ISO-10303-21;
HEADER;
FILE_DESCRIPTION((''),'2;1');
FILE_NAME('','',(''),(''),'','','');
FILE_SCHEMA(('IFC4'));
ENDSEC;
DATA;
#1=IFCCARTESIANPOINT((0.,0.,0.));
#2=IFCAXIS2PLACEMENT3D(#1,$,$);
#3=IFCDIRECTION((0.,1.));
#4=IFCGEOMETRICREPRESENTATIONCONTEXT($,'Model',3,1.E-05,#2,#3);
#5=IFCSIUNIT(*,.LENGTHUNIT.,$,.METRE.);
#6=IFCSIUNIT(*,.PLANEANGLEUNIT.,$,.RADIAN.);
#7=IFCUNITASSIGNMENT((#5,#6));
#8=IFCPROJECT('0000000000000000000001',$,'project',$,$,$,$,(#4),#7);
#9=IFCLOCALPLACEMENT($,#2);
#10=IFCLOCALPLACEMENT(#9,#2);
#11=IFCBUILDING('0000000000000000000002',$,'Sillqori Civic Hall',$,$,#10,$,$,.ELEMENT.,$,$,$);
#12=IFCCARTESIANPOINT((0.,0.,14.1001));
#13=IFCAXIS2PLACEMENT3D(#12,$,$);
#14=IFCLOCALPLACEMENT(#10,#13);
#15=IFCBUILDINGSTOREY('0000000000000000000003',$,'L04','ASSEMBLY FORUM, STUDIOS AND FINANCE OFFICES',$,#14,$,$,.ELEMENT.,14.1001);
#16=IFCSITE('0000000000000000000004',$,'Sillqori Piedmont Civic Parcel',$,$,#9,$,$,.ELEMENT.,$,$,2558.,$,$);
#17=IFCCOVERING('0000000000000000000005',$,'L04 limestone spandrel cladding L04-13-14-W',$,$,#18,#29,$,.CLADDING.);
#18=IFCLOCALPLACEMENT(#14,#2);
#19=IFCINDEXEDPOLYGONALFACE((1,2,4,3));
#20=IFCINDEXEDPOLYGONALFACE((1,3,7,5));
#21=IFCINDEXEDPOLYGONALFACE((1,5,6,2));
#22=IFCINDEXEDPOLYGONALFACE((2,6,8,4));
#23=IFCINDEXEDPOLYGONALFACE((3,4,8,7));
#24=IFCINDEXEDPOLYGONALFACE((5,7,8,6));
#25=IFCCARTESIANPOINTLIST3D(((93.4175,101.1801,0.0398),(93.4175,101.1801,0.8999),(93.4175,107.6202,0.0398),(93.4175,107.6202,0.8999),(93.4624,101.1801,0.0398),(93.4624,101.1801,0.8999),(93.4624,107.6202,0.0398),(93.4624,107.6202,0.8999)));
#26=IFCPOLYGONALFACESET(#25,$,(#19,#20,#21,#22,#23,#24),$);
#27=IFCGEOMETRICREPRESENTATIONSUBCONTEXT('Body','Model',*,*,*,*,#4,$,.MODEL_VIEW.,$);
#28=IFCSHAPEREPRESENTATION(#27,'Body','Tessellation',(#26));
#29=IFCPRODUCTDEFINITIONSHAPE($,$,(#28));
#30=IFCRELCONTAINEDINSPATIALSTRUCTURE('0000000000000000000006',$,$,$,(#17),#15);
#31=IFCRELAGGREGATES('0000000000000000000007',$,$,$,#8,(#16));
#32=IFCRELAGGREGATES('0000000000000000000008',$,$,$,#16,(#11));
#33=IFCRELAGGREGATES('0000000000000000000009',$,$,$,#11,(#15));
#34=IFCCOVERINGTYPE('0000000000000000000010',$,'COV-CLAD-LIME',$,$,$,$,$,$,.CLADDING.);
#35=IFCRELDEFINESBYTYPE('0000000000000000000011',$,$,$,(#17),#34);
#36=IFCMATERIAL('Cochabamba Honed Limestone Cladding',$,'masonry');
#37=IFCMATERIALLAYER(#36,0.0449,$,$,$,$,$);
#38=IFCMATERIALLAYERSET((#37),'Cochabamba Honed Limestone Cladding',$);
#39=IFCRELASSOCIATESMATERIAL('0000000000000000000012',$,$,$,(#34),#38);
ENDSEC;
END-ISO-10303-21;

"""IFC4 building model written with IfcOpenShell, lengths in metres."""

from ifc_helpers import new_model, si_unit, direction, frame, frame_2d, origin, place, context, subcontext, project, spatial, rectangle, extrude, material, layer, layer_set, type_object, element, save


model = new_model("IFC4")

# Units and contexts
model_context = context("Model", 3, precision=1e-05, world=origin(), true_north=direction((0.0, 1.0)))
body_context = subcontext(model_context, "Body", "Model", "MODEL_VIEW")
ifc_project = project(units=[si_unit("LENGTHUNIT", "METRE"), si_unit("PLANEANGLEUNIT", "RADIAN")], contexts=[model_context])

# Site, building, storey
site_placement = place(None, origin())
site = spatial("IfcSite", under=ifc_project, at=site_placement, Name="Sillqori Piedmont Civic Parcel", CompositionType="ELEMENT", RefElevation=2558.0)
building_placement = place(site_placement, origin())
building = spatial("IfcBuilding", under=site, at=building_placement, Name="Sillqori Civic Hall", CompositionType="ELEMENT")
storey_placement = place(building_placement, frame((0.0, 0.0, 14.1001)))
storey = spatial("IfcBuildingStorey", under=building, at=storey_placement, Name="L04", Description="ASSEMBLY FORUM, STUDIOS AND FINANCE OFFICES", CompositionType="ELEMENT", Elevation=14.1001)

# Covering
ifc_material_1 = material(Name="Cochabamba Honed Limestone Cladding", Category="masonry")
ifc_layer_1 = layer(ifc_material_1, 0.0449)
ifc_layer_set_1 = layer_set([ifc_layer_1], Name="Cochabamba Honed Limestone Cladding")
covering_type = type_object("IfcCoveringType", Name="COV-CLAD-LIME", PredefinedType="CLADDING", material=ifc_layer_set_1)
covering_1_placement = place(storey_placement, frame((93.4399, 101.1799, 0.0398), z_axis=(0.0, 0.0, 1.0), x_axis=(0.0, 1.0, 0.0)))
element("IfcCovering", 1, at=covering_1_placement, inside=storey, type_object=covering_type, Name="L04 limestone spandrel cladding L04-13-14-W", PredefinedType="CLADDING", context=body_context, shape_type="SweptSolid", body=[
    extrude(rectangle(XDim=6.4402, YDim=0.0449, at=frame_2d((3.2202, 0.0))), origin(), (0.0, 0.0, 1.0), 0.8601),
])

save(model, "model.ifc")
